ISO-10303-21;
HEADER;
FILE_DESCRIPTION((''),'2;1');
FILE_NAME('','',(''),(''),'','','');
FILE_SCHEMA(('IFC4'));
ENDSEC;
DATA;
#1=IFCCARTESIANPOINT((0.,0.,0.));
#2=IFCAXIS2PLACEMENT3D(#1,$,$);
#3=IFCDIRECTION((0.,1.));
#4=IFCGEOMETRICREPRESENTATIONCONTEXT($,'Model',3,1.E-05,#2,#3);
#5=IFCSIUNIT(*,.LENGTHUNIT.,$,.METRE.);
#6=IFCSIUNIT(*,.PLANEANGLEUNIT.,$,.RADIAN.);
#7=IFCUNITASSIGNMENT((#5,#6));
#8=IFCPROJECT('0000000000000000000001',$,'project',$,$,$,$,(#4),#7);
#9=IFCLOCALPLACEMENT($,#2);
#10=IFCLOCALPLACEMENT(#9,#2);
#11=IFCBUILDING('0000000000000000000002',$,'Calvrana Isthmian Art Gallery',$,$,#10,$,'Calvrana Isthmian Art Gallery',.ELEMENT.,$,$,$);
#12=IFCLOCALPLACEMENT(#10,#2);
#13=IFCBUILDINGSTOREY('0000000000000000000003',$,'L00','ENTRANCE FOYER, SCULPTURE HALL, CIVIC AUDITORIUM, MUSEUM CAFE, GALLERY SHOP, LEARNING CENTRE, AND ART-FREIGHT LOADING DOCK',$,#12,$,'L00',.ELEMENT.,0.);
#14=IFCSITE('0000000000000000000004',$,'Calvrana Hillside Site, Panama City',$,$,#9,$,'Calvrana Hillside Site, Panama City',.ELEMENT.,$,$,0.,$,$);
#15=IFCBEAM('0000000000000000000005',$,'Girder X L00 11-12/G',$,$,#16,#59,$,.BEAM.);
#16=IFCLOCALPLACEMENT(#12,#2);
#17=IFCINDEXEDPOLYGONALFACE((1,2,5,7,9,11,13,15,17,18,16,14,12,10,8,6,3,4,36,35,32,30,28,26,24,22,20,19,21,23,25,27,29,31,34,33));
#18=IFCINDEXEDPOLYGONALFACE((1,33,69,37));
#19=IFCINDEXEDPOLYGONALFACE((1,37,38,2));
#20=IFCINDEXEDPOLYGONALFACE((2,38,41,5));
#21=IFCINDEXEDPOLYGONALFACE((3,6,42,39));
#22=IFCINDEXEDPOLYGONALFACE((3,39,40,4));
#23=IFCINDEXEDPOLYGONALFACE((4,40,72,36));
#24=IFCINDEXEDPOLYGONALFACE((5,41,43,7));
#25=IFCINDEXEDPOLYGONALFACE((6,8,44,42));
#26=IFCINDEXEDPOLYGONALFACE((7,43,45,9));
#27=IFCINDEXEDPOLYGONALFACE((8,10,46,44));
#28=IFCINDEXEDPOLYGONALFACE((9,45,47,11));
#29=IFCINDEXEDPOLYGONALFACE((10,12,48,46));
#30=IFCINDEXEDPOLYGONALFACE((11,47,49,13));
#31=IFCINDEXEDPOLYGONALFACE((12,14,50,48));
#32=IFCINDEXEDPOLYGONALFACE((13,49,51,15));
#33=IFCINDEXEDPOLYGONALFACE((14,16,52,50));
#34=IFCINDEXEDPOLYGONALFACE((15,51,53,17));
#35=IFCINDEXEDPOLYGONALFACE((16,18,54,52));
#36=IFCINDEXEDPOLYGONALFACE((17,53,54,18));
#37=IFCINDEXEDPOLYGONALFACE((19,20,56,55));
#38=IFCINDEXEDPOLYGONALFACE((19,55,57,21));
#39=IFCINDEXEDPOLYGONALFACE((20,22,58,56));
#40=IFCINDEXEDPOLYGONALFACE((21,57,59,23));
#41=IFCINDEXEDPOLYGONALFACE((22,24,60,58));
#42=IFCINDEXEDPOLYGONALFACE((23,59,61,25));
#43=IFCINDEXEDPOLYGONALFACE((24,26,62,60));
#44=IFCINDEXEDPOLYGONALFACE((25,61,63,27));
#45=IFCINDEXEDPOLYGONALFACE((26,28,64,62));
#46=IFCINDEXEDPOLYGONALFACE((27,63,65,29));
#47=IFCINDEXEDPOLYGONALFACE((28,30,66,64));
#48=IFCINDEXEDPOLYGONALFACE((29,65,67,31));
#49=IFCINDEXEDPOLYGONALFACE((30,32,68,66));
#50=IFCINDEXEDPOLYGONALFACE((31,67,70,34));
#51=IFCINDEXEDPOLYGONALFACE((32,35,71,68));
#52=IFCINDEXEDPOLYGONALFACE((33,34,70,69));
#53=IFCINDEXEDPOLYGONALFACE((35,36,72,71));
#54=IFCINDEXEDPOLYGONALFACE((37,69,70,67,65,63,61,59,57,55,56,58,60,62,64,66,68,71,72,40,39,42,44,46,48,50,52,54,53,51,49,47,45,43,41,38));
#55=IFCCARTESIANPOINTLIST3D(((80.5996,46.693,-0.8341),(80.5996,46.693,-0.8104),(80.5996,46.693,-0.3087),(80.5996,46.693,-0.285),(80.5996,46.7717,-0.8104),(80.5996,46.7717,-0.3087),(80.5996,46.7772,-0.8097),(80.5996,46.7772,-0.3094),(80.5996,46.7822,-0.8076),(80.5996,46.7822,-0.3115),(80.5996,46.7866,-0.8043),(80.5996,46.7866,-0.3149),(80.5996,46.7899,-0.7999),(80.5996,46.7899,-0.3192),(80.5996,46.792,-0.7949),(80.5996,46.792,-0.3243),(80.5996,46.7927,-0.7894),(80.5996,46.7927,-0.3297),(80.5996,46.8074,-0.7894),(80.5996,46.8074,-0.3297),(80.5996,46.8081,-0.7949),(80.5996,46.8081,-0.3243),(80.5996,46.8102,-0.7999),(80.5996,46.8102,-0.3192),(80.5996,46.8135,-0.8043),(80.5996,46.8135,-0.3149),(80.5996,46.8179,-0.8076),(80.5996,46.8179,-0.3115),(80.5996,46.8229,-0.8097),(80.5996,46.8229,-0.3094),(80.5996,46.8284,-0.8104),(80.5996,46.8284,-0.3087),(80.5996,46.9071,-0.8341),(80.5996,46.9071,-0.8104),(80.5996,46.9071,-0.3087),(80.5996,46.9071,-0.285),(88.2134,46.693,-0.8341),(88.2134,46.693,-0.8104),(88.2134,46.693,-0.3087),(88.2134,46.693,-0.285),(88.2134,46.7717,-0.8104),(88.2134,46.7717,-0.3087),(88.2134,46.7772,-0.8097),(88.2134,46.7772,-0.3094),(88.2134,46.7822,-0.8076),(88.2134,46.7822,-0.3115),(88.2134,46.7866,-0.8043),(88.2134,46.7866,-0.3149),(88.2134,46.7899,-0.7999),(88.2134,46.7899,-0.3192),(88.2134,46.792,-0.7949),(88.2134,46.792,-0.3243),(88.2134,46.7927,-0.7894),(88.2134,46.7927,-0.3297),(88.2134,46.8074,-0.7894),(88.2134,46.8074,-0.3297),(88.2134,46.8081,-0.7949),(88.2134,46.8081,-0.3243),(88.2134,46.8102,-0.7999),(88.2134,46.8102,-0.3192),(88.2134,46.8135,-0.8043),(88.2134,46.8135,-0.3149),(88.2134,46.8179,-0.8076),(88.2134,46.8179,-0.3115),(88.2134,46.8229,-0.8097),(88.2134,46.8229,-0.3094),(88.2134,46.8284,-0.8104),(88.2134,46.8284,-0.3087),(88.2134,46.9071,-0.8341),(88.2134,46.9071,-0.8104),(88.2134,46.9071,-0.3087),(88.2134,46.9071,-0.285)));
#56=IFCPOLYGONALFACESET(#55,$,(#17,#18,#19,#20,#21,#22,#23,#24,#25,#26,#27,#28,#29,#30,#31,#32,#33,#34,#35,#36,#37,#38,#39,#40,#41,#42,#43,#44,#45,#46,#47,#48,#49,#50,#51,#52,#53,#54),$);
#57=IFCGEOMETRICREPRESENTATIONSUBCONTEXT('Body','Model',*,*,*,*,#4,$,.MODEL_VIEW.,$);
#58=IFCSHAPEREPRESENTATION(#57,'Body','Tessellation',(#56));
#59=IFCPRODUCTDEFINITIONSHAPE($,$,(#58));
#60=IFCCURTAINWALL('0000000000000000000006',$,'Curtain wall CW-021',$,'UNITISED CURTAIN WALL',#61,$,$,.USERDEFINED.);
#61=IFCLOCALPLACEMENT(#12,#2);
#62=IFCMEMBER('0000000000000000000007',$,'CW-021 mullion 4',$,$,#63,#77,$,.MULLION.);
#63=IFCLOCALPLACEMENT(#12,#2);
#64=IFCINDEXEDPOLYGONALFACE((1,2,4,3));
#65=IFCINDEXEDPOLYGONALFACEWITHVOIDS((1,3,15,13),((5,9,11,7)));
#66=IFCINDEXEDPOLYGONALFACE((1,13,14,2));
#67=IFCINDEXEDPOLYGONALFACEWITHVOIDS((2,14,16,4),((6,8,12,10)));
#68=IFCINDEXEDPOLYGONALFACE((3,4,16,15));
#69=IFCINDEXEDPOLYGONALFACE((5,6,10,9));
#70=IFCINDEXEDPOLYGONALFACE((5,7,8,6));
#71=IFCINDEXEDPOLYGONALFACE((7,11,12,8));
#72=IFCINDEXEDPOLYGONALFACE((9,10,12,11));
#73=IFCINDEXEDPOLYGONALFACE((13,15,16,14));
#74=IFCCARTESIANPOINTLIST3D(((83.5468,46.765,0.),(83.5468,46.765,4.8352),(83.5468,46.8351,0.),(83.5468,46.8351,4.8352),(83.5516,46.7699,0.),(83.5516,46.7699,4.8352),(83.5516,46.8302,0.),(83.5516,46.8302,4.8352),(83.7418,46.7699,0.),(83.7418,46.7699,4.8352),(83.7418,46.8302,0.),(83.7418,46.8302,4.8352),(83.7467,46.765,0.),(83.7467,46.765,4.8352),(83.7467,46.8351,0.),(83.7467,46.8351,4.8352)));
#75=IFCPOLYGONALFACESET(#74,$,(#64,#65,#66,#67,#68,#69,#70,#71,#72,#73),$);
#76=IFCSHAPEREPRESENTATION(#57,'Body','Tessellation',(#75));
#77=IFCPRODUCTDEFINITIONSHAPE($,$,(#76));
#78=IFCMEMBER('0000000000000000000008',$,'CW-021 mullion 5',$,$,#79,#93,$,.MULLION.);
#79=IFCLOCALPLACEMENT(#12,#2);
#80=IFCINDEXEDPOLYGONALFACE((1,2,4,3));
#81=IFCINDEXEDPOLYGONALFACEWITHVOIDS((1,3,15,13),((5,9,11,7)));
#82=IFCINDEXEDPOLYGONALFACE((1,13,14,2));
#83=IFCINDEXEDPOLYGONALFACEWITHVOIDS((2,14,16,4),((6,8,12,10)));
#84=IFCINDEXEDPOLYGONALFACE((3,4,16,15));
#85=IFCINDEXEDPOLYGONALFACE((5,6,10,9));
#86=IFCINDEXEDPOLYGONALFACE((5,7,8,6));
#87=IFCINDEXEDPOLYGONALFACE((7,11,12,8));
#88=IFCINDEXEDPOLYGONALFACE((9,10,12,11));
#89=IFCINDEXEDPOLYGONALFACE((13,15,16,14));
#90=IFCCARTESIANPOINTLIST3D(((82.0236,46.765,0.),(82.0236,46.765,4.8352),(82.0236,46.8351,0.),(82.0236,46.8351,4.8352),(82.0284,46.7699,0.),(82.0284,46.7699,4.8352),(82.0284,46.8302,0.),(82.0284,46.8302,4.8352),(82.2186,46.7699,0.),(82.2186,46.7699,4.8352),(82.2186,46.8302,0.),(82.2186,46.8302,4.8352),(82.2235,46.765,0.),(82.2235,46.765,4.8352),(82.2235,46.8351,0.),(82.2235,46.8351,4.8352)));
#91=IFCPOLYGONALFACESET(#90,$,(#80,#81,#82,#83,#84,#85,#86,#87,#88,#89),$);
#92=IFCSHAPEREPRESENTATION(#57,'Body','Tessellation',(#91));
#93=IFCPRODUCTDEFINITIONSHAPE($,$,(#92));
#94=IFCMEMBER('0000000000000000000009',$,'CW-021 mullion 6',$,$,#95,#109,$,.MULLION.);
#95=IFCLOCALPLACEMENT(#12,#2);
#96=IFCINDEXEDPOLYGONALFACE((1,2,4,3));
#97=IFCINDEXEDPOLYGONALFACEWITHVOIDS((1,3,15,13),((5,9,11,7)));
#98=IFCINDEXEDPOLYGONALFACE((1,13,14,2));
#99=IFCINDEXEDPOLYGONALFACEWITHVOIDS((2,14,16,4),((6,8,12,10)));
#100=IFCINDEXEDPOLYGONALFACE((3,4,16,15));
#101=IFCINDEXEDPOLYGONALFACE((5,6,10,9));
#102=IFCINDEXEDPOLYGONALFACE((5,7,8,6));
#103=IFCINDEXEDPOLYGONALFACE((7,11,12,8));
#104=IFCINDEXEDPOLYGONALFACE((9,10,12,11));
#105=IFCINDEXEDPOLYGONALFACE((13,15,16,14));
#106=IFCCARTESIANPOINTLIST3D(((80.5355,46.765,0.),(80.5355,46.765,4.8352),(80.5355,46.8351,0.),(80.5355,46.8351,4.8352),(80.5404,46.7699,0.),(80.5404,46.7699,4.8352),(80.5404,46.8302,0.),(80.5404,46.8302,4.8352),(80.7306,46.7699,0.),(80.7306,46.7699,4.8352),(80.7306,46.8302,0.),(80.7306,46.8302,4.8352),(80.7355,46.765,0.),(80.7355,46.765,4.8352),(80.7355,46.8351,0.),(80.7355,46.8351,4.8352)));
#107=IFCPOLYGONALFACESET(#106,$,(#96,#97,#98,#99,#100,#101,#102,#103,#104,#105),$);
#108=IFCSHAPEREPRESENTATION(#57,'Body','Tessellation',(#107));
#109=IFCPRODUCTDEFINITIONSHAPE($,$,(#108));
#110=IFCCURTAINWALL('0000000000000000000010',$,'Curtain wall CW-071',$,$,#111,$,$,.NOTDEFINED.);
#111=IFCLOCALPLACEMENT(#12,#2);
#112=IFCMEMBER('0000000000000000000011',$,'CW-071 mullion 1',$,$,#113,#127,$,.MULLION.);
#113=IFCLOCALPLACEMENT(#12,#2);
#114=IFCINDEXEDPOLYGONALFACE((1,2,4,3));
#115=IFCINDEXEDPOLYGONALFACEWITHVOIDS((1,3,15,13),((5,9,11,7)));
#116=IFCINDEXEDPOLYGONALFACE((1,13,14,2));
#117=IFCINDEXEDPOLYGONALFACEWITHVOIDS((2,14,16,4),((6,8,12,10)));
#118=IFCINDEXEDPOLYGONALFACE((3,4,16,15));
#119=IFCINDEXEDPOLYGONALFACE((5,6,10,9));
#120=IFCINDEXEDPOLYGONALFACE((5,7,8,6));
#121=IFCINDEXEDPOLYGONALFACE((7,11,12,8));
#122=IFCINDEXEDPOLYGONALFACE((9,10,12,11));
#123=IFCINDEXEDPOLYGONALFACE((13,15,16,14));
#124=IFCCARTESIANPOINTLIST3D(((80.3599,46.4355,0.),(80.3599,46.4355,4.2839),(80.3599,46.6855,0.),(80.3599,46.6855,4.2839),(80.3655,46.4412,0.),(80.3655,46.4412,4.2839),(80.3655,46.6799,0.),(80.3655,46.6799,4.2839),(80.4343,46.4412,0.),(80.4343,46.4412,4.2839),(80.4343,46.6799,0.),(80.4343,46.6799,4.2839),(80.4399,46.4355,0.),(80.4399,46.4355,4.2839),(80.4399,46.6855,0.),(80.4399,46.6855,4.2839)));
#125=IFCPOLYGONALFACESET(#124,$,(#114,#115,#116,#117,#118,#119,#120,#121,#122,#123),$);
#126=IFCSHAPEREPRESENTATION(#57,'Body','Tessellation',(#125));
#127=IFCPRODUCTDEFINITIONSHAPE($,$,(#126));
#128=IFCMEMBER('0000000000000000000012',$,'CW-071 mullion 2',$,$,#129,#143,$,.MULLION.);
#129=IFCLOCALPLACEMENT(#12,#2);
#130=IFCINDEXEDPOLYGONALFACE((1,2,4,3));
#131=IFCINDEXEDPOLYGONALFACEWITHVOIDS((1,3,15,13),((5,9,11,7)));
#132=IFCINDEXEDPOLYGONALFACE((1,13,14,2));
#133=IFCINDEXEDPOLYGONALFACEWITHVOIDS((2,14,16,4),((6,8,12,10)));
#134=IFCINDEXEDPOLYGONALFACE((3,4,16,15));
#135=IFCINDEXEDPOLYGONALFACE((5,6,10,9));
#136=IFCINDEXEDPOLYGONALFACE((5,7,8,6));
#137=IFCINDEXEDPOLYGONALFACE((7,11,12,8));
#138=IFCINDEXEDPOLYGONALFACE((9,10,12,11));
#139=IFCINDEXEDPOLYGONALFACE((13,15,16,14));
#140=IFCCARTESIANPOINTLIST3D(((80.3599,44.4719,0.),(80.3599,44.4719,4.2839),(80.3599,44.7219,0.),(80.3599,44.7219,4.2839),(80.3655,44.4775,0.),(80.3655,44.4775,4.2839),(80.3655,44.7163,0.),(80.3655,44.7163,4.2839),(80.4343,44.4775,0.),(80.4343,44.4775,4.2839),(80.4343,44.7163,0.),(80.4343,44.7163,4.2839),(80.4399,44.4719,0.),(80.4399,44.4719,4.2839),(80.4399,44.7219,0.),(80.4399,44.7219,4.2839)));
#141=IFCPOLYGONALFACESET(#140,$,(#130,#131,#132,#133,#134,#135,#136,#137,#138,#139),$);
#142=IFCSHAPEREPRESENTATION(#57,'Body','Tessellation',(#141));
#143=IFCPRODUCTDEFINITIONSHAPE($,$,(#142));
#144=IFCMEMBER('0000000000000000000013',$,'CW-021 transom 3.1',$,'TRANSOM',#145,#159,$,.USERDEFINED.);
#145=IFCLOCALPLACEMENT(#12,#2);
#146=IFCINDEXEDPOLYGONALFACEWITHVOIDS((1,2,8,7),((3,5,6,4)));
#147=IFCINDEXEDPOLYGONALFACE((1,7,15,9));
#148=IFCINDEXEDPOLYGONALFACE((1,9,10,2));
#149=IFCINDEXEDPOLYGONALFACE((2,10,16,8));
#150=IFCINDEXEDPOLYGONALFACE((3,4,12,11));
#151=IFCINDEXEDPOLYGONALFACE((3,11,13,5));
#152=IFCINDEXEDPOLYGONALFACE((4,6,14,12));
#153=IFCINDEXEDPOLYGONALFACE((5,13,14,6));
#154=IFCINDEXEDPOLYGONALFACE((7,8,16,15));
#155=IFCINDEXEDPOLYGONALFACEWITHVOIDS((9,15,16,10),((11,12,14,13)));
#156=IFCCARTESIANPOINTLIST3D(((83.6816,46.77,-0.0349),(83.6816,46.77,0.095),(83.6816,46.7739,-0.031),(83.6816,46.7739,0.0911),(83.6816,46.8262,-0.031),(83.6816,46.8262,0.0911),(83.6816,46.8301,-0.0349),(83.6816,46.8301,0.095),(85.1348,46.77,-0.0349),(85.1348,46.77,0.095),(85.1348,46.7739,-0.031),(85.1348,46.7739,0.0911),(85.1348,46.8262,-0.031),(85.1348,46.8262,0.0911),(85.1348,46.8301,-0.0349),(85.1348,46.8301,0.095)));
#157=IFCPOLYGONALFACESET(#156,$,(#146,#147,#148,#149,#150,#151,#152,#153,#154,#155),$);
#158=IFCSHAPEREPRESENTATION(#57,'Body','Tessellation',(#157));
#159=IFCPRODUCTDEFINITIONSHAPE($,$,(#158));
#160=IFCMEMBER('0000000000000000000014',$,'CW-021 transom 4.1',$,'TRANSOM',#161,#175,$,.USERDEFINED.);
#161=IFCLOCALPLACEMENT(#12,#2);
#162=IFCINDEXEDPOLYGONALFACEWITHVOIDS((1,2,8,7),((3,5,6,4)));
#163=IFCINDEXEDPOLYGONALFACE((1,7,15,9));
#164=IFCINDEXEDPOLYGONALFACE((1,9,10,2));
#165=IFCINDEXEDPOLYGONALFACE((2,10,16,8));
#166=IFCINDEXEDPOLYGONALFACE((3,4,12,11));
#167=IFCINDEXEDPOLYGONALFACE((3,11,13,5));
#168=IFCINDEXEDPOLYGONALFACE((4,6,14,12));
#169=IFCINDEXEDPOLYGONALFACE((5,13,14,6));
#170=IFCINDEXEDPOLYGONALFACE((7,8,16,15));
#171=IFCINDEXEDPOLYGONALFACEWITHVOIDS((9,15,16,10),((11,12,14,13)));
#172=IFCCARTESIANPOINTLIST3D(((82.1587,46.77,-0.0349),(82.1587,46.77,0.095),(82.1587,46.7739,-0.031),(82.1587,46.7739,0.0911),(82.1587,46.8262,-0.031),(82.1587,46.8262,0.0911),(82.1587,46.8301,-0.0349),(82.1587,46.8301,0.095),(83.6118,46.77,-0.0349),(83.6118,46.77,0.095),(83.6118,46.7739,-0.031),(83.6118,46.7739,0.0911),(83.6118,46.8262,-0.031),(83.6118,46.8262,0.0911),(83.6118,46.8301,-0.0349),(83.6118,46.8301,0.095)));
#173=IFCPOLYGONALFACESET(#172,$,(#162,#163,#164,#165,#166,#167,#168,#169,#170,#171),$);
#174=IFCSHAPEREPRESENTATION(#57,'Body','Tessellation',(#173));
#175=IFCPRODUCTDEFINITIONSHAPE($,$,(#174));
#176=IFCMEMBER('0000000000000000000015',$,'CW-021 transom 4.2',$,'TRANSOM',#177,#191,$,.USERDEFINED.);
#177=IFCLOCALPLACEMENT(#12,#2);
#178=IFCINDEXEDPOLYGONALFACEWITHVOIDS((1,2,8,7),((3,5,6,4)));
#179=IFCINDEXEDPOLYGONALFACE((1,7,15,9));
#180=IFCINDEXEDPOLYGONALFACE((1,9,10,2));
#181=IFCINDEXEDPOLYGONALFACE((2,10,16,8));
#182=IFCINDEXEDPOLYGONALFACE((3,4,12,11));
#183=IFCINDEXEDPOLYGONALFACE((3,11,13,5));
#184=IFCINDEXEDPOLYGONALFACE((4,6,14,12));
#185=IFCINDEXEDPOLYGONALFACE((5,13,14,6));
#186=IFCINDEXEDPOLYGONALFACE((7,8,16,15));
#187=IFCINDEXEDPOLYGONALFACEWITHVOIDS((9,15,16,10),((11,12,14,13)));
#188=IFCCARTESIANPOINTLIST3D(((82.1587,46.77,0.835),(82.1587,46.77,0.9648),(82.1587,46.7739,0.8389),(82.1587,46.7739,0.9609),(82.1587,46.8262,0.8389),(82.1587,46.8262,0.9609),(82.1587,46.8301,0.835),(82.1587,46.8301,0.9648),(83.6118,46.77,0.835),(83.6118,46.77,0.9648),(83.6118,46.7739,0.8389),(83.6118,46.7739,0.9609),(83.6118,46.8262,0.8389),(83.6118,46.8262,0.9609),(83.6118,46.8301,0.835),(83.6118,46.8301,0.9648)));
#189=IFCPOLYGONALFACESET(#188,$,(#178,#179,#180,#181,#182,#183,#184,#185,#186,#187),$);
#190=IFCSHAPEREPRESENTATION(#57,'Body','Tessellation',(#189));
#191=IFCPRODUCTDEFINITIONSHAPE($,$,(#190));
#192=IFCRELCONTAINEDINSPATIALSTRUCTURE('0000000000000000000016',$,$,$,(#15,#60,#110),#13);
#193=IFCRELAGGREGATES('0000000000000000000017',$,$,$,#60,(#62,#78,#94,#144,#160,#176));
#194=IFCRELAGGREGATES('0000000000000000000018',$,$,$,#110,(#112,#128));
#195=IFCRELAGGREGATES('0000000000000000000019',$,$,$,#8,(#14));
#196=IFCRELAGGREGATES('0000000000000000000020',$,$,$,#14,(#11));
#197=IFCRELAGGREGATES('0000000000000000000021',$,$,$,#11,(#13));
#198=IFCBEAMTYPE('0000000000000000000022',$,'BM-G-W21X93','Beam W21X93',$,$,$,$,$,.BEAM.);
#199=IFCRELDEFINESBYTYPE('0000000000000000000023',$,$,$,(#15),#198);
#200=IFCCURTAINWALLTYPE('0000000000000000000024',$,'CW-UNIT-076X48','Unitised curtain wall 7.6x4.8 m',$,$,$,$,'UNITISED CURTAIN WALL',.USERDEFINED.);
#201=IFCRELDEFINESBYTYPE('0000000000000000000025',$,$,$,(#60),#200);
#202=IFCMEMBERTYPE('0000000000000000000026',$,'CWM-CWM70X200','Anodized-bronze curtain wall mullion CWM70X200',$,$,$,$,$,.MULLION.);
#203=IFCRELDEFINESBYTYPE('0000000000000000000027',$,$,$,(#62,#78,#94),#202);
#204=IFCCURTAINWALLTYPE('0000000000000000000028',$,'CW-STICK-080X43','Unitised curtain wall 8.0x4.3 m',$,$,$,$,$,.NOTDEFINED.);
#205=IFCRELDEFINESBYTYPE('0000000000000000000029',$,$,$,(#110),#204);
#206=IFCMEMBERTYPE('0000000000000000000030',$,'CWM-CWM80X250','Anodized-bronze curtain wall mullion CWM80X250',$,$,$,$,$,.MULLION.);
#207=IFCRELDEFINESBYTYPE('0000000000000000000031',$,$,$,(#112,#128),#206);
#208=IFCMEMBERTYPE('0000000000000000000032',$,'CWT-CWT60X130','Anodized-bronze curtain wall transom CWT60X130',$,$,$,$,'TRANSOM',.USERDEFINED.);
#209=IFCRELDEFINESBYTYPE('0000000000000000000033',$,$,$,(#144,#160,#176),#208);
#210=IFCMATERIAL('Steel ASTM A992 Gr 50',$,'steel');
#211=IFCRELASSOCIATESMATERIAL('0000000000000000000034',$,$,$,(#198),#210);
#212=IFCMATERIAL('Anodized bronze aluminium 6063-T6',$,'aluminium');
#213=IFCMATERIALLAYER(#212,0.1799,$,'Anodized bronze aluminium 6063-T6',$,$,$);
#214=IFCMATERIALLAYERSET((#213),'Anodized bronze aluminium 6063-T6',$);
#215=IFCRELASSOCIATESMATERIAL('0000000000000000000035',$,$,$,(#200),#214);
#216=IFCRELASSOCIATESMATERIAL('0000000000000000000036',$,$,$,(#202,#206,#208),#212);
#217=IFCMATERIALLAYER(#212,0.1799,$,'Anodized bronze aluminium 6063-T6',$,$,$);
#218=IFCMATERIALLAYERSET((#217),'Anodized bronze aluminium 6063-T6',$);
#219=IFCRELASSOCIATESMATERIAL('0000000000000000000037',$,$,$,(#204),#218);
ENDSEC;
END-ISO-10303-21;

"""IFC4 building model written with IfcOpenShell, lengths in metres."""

from ifc_helpers import new_model, si_unit, direction, frame, origin, origin_2d, place, context, subcontext, project, spatial, hollow_rectangle, i_section, extrude, material, layer, layer_set, material_profile, profile_set, type_object, element, aggregate, save


model = new_model("IFC4")

# Units and contexts
model_context = context("Model", 3, precision=1e-05, world=origin(), true_north=direction((0.0, 1.0)))
body_context = subcontext(model_context, "Body", "Model", "MODEL_VIEW")
ifc_project = project(units=[si_unit("LENGTHUNIT", "METRE"), si_unit("PLANEANGLEUNIT", "RADIAN")], contexts=[model_context])

# Site, building, storey
site_placement = place(None, origin())
site = spatial("IfcSite", under=ifc_project, at=site_placement, Name="Calvrana Hillside Site, Panama City", LongName="Calvrana Hillside Site, Panama City", CompositionType="ELEMENT", RefElevation=0.0)
building_placement = place(site_placement, origin())
building = spatial("IfcBuilding", under=site, at=building_placement, Name="Calvrana Isthmian Art Gallery", LongName="Calvrana Isthmian Art Gallery", CompositionType="ELEMENT")
storey_placement = place(building_placement, origin())
storey = spatial("IfcBuildingStorey", under=building, at=storey_placement, Name="L00", Description="ENTRANCE FOYER, SCULPTURE HALL, CIVIC AUDITORIUM, MUSEUM CAFE, GALLERY SHOP, LEARNING CENTRE, AND ART-FREIGHT LOADING DOCK", LongName="L00", CompositionType="ELEMENT", Elevation=0.0)

# Beam
ifc_material_1 = material(Name="Steel ASTM A992 Gr 50", Category="steel")
ifc_material_profile_1 = material_profile(ifc_material_1, i_section(OverallWidth=0.2141, OverallDepth=0.5491, WebThickness=0.0146, FlangeThickness=0.0237, FilletRadius=0.021, at=origin_2d()), Name="W21X93")
ifc_profile_set_1 = profile_set([ifc_material_profile_1], Name="Steel ASTM A992 Gr 50")
beam_type = type_object("IfcBeamType", Name="BM-G-W21X93", Description="Beam W21X93", PredefinedType="BEAM", material=ifc_profile_set_1)
beam_placement = place(storey_placement, frame((80.5996, 46.8, -0.5596), z_axis=(1.0, 0.0, 0.0), x_axis=(0.0, 1.0, 0.0)))
element("IfcBeam", 1, at=beam_placement, inside=storey, type_object=beam_type, Name="Girder X L00 11-12/G", PredefinedType="BEAM", context=body_context, shape_type="SweptSolid", body=[
    extrude(i_section(OverallWidth=0.2141, OverallDepth=0.5491, WebThickness=0.0146, FlangeThickness=0.0237, FilletRadius=0.021, at=origin_2d()), origin(), (0.0, 0.0, 1.0), 7.6138),
])

# Curtain walls, members
ifc_material_2 = material(Name="Anodized bronze aluminium 6063-T6", Category="aluminium")
ifc_layer_1 = layer(ifc_material_2, 0.1799, Name="Anodized bronze aluminium 6063-T6")
ifc_layer_set_1 = layer_set([ifc_layer_1], Name="Anodized bronze aluminium 6063-T6")
curtain_wall_type_1 = type_object("IfcCurtainWallType", Name="CW-UNIT-076X48", Description="Unitised curtain wall 7.6x4.8 m", ElementType="UNITISED CURTAIN WALL", PredefinedType="USERDEFINED", material=ifc_layer_set_1)
curtain_wall_1_placement = place(storey_placement, origin())
curtain_wall_1 = element("IfcCurtainWall", 2, at=curtain_wall_1_placement, inside=storey, type_object=curtain_wall_type_1, Name="Curtain wall CW-021", ObjectType="UNITISED CURTAIN WALL", PredefinedType="USERDEFINED")
ifc_material_profile_2 = material_profile(ifc_material_2, hollow_rectangle(XDim=0.0701, YDim=0.2, WallThickness=0.0049, at=origin_2d()), Name="CWM70X200")
ifc_profile_set_2 = profile_set([ifc_material_profile_2], Name="Anodized bronze aluminium 6063-T6")
member_type_1 = type_object("IfcMemberType", Name="CWM-CWM70X200", Description="Anodized-bronze curtain wall mullion CWM70X200", PredefinedType="MULLION", material=ifc_profile_set_2)
member_1_placement = place(storey_placement, frame((83.6467, 46.8, 0.0), z_axis=(0.0, 0.0, 1.0), x_axis=(0.0, -1.0, 0.0)))
member_1 = element("IfcMember", 3, at=member_1_placement, type_object=member_type_1, Name="CW-021 mullion 4", PredefinedType="MULLION", context=body_context, shape_type="SweptSolid", body=[
    extrude(hollow_rectangle(XDim=0.0701, YDim=0.2, WallThickness=0.0049, at=origin_2d()), origin(), (0.0, 0.0, 1.0), 4.8352),
])
member_2_placement = place(storey_placement, frame((82.1235, 46.8, 0.0), z_axis=(0.0, 0.0, 1.0), x_axis=(0.0, -1.0, 0.0)))
member_2 = element("IfcMember", 4, at=member_2_placement, type_object=member_type_1, Name="CW-021 mullion 5", PredefinedType="MULLION", context=body_context, shape_type="SweptSolid", body=[
    extrude(hollow_rectangle(XDim=0.0701, YDim=0.2, WallThickness=0.0049, at=origin_2d()), origin(), (0.0, 0.0, 1.0), 4.8352),
])
member_3_placement = place(storey_placement, frame((80.6355, 46.8, 0.0), z_axis=(0.0, 0.0, 1.0), x_axis=(0.0, -1.0, 0.0)))
member_3 = element("IfcMember", 5, at=member_3_placement, type_object=member_type_1, Name="CW-021 mullion 6", PredefinedType="MULLION", context=body_context, shape_type="SweptSolid", body=[
    extrude(hollow_rectangle(XDim=0.0701, YDim=0.2, WallThickness=0.0049, at=origin_2d()), origin(), (0.0, 0.0, 1.0), 4.8352),
])
ifc_layer_2 = layer(ifc_material_2, 0.1799, Name="Anodized bronze aluminium 6063-T6")
ifc_layer_set_2 = layer_set([ifc_layer_2], Name="Anodized bronze aluminium 6063-T6")
curtain_wall_type_2 = type_object("IfcCurtainWallType", Name="CW-STICK-080X43", Description="Unitised curtain wall 8.0x4.3 m", PredefinedType="NOTDEFINED", material=ifc_layer_set_2)
curtain_wall_2_placement = place(storey_placement, origin())
curtain_wall_2 = element("IfcCurtainWall", 6, at=curtain_wall_2_placement, inside=storey, type_object=curtain_wall_type_2, Name="Curtain wall CW-071", PredefinedType="NOTDEFINED")
ifc_material_profile_3 = material_profile(ifc_material_2, hollow_rectangle(XDim=0.0801, YDim=0.25, WallThickness=0.0056, at=origin_2d()), Name="CWM80X250")
ifc_profile_set_3 = profile_set([ifc_material_profile_3], Name="Anodized bronze aluminium 6063-T6")
member_type_2 = type_object("IfcMemberType", Name="CWM-CWM80X250", Description="Anodized-bronze curtain wall mullion CWM80X250", PredefinedType="MULLION", material=ifc_profile_set_3)
member_4_placement = place(storey_placement, frame((80.3999, 46.5605, 0.0), z_axis=(0.0, 0.0, 1.0), x_axis=(1.0, 0.0, 0.0)))
member_4 = element("IfcMember", 7, at=member_4_placement, type_object=member_type_2, Name="CW-071 mullion 1", PredefinedType="MULLION", context=body_context, shape_type="SweptSolid", body=[
    extrude(hollow_rectangle(XDim=0.0801, YDim=0.25, WallThickness=0.0056, at=origin_2d()), origin(), (0.0, 0.0, 1.0), 4.2839),
])
member_5_placement = place(storey_placement, frame((80.3999, 44.5969, 0.0), z_axis=(0.0, 0.0, 1.0), x_axis=(1.0, 0.0, 0.0)))
member_5 = element("IfcMember", 8, at=member_5_placement, type_object=member_type_2, Name="CW-071 mullion 2", PredefinedType="MULLION", context=body_context, shape_type="SweptSolid", body=[
    extrude(hollow_rectangle(XDim=0.0801, YDim=0.25, WallThickness=0.0056, at=origin_2d()), origin(), (0.0, 0.0, 1.0), 4.2839),
])

# Members
ifc_material_profile_4 = material_profile(ifc_material_2, hollow_rectangle(XDim=0.0601, YDim=0.1299, WallThickness=0.0039, at=origin_2d()), Name="CWT60X130")
ifc_profile_set_4 = profile_set([ifc_material_profile_4], Name="Anodized bronze aluminium 6063-T6")
member_type_3 = type_object("IfcMemberType", Name="CWT-CWT60X130", Description="Anodized-bronze curtain wall transom CWT60X130", ElementType="TRANSOM", PredefinedType="USERDEFINED", material=ifc_profile_set_4)
member_6_placement = place(storey_placement, frame((85.1348, 46.8, 0.03), z_axis=(-1.0, 0.0, 0.0), x_axis=(0.0, -1.0, 0.0)))
member_6 = element("IfcMember", 9, at=member_6_placement, type_object=member_type_3, Name="CW-021 transom 3.1", ObjectType="TRANSOM", PredefinedType="USERDEFINED", context=body_context, shape_type="SweptSolid", body=[
    extrude(hollow_rectangle(XDim=0.0601, YDim=0.1299, WallThickness=0.0039, at=origin_2d()), origin(), (0.0, 0.0, 1.0), 1.4531),
])
member_7_placement = place(storey_placement, frame((83.6118, 46.8, 0.03), z_axis=(-1.0, 0.0, 0.0), x_axis=(0.0, -1.0, 0.0)))
member_7 = element("IfcMember", 10, at=member_7_placement, type_object=member_type_3, Name="CW-021 transom 4.1", ObjectType="TRANSOM", PredefinedType="USERDEFINED", context=body_context, shape_type="SweptSolid", body=[
    extrude(hollow_rectangle(XDim=0.0601, YDim=0.1299, WallThickness=0.0039, at=origin_2d()), origin(), (0.0, 0.0, 1.0), 1.4531),
])
member_8_placement = place(storey_placement, frame((83.6118, 46.8, 0.8999), z_axis=(-1.0, 0.0, 0.0), x_axis=(0.0, -1.0, 0.0)))
member_8 = element("IfcMember", 11, at=member_8_placement, type_object=member_type_3, Name="CW-021 transom 4.2", ObjectType="TRANSOM", PredefinedType="USERDEFINED", context=body_context, shape_type="SweptSolid", body=[
    extrude(hollow_rectangle(XDim=0.0601, YDim=0.1299, WallThickness=0.0039, at=origin_2d()), origin(), (0.0, 0.0, 1.0), 1.4531),
])

aggregate(curtain_wall_1, [member_1, member_2, member_3, member_6, member_7, member_8])
aggregate(curtain_wall_2, [member_4, member_5])

save(model, "model.ifc")
